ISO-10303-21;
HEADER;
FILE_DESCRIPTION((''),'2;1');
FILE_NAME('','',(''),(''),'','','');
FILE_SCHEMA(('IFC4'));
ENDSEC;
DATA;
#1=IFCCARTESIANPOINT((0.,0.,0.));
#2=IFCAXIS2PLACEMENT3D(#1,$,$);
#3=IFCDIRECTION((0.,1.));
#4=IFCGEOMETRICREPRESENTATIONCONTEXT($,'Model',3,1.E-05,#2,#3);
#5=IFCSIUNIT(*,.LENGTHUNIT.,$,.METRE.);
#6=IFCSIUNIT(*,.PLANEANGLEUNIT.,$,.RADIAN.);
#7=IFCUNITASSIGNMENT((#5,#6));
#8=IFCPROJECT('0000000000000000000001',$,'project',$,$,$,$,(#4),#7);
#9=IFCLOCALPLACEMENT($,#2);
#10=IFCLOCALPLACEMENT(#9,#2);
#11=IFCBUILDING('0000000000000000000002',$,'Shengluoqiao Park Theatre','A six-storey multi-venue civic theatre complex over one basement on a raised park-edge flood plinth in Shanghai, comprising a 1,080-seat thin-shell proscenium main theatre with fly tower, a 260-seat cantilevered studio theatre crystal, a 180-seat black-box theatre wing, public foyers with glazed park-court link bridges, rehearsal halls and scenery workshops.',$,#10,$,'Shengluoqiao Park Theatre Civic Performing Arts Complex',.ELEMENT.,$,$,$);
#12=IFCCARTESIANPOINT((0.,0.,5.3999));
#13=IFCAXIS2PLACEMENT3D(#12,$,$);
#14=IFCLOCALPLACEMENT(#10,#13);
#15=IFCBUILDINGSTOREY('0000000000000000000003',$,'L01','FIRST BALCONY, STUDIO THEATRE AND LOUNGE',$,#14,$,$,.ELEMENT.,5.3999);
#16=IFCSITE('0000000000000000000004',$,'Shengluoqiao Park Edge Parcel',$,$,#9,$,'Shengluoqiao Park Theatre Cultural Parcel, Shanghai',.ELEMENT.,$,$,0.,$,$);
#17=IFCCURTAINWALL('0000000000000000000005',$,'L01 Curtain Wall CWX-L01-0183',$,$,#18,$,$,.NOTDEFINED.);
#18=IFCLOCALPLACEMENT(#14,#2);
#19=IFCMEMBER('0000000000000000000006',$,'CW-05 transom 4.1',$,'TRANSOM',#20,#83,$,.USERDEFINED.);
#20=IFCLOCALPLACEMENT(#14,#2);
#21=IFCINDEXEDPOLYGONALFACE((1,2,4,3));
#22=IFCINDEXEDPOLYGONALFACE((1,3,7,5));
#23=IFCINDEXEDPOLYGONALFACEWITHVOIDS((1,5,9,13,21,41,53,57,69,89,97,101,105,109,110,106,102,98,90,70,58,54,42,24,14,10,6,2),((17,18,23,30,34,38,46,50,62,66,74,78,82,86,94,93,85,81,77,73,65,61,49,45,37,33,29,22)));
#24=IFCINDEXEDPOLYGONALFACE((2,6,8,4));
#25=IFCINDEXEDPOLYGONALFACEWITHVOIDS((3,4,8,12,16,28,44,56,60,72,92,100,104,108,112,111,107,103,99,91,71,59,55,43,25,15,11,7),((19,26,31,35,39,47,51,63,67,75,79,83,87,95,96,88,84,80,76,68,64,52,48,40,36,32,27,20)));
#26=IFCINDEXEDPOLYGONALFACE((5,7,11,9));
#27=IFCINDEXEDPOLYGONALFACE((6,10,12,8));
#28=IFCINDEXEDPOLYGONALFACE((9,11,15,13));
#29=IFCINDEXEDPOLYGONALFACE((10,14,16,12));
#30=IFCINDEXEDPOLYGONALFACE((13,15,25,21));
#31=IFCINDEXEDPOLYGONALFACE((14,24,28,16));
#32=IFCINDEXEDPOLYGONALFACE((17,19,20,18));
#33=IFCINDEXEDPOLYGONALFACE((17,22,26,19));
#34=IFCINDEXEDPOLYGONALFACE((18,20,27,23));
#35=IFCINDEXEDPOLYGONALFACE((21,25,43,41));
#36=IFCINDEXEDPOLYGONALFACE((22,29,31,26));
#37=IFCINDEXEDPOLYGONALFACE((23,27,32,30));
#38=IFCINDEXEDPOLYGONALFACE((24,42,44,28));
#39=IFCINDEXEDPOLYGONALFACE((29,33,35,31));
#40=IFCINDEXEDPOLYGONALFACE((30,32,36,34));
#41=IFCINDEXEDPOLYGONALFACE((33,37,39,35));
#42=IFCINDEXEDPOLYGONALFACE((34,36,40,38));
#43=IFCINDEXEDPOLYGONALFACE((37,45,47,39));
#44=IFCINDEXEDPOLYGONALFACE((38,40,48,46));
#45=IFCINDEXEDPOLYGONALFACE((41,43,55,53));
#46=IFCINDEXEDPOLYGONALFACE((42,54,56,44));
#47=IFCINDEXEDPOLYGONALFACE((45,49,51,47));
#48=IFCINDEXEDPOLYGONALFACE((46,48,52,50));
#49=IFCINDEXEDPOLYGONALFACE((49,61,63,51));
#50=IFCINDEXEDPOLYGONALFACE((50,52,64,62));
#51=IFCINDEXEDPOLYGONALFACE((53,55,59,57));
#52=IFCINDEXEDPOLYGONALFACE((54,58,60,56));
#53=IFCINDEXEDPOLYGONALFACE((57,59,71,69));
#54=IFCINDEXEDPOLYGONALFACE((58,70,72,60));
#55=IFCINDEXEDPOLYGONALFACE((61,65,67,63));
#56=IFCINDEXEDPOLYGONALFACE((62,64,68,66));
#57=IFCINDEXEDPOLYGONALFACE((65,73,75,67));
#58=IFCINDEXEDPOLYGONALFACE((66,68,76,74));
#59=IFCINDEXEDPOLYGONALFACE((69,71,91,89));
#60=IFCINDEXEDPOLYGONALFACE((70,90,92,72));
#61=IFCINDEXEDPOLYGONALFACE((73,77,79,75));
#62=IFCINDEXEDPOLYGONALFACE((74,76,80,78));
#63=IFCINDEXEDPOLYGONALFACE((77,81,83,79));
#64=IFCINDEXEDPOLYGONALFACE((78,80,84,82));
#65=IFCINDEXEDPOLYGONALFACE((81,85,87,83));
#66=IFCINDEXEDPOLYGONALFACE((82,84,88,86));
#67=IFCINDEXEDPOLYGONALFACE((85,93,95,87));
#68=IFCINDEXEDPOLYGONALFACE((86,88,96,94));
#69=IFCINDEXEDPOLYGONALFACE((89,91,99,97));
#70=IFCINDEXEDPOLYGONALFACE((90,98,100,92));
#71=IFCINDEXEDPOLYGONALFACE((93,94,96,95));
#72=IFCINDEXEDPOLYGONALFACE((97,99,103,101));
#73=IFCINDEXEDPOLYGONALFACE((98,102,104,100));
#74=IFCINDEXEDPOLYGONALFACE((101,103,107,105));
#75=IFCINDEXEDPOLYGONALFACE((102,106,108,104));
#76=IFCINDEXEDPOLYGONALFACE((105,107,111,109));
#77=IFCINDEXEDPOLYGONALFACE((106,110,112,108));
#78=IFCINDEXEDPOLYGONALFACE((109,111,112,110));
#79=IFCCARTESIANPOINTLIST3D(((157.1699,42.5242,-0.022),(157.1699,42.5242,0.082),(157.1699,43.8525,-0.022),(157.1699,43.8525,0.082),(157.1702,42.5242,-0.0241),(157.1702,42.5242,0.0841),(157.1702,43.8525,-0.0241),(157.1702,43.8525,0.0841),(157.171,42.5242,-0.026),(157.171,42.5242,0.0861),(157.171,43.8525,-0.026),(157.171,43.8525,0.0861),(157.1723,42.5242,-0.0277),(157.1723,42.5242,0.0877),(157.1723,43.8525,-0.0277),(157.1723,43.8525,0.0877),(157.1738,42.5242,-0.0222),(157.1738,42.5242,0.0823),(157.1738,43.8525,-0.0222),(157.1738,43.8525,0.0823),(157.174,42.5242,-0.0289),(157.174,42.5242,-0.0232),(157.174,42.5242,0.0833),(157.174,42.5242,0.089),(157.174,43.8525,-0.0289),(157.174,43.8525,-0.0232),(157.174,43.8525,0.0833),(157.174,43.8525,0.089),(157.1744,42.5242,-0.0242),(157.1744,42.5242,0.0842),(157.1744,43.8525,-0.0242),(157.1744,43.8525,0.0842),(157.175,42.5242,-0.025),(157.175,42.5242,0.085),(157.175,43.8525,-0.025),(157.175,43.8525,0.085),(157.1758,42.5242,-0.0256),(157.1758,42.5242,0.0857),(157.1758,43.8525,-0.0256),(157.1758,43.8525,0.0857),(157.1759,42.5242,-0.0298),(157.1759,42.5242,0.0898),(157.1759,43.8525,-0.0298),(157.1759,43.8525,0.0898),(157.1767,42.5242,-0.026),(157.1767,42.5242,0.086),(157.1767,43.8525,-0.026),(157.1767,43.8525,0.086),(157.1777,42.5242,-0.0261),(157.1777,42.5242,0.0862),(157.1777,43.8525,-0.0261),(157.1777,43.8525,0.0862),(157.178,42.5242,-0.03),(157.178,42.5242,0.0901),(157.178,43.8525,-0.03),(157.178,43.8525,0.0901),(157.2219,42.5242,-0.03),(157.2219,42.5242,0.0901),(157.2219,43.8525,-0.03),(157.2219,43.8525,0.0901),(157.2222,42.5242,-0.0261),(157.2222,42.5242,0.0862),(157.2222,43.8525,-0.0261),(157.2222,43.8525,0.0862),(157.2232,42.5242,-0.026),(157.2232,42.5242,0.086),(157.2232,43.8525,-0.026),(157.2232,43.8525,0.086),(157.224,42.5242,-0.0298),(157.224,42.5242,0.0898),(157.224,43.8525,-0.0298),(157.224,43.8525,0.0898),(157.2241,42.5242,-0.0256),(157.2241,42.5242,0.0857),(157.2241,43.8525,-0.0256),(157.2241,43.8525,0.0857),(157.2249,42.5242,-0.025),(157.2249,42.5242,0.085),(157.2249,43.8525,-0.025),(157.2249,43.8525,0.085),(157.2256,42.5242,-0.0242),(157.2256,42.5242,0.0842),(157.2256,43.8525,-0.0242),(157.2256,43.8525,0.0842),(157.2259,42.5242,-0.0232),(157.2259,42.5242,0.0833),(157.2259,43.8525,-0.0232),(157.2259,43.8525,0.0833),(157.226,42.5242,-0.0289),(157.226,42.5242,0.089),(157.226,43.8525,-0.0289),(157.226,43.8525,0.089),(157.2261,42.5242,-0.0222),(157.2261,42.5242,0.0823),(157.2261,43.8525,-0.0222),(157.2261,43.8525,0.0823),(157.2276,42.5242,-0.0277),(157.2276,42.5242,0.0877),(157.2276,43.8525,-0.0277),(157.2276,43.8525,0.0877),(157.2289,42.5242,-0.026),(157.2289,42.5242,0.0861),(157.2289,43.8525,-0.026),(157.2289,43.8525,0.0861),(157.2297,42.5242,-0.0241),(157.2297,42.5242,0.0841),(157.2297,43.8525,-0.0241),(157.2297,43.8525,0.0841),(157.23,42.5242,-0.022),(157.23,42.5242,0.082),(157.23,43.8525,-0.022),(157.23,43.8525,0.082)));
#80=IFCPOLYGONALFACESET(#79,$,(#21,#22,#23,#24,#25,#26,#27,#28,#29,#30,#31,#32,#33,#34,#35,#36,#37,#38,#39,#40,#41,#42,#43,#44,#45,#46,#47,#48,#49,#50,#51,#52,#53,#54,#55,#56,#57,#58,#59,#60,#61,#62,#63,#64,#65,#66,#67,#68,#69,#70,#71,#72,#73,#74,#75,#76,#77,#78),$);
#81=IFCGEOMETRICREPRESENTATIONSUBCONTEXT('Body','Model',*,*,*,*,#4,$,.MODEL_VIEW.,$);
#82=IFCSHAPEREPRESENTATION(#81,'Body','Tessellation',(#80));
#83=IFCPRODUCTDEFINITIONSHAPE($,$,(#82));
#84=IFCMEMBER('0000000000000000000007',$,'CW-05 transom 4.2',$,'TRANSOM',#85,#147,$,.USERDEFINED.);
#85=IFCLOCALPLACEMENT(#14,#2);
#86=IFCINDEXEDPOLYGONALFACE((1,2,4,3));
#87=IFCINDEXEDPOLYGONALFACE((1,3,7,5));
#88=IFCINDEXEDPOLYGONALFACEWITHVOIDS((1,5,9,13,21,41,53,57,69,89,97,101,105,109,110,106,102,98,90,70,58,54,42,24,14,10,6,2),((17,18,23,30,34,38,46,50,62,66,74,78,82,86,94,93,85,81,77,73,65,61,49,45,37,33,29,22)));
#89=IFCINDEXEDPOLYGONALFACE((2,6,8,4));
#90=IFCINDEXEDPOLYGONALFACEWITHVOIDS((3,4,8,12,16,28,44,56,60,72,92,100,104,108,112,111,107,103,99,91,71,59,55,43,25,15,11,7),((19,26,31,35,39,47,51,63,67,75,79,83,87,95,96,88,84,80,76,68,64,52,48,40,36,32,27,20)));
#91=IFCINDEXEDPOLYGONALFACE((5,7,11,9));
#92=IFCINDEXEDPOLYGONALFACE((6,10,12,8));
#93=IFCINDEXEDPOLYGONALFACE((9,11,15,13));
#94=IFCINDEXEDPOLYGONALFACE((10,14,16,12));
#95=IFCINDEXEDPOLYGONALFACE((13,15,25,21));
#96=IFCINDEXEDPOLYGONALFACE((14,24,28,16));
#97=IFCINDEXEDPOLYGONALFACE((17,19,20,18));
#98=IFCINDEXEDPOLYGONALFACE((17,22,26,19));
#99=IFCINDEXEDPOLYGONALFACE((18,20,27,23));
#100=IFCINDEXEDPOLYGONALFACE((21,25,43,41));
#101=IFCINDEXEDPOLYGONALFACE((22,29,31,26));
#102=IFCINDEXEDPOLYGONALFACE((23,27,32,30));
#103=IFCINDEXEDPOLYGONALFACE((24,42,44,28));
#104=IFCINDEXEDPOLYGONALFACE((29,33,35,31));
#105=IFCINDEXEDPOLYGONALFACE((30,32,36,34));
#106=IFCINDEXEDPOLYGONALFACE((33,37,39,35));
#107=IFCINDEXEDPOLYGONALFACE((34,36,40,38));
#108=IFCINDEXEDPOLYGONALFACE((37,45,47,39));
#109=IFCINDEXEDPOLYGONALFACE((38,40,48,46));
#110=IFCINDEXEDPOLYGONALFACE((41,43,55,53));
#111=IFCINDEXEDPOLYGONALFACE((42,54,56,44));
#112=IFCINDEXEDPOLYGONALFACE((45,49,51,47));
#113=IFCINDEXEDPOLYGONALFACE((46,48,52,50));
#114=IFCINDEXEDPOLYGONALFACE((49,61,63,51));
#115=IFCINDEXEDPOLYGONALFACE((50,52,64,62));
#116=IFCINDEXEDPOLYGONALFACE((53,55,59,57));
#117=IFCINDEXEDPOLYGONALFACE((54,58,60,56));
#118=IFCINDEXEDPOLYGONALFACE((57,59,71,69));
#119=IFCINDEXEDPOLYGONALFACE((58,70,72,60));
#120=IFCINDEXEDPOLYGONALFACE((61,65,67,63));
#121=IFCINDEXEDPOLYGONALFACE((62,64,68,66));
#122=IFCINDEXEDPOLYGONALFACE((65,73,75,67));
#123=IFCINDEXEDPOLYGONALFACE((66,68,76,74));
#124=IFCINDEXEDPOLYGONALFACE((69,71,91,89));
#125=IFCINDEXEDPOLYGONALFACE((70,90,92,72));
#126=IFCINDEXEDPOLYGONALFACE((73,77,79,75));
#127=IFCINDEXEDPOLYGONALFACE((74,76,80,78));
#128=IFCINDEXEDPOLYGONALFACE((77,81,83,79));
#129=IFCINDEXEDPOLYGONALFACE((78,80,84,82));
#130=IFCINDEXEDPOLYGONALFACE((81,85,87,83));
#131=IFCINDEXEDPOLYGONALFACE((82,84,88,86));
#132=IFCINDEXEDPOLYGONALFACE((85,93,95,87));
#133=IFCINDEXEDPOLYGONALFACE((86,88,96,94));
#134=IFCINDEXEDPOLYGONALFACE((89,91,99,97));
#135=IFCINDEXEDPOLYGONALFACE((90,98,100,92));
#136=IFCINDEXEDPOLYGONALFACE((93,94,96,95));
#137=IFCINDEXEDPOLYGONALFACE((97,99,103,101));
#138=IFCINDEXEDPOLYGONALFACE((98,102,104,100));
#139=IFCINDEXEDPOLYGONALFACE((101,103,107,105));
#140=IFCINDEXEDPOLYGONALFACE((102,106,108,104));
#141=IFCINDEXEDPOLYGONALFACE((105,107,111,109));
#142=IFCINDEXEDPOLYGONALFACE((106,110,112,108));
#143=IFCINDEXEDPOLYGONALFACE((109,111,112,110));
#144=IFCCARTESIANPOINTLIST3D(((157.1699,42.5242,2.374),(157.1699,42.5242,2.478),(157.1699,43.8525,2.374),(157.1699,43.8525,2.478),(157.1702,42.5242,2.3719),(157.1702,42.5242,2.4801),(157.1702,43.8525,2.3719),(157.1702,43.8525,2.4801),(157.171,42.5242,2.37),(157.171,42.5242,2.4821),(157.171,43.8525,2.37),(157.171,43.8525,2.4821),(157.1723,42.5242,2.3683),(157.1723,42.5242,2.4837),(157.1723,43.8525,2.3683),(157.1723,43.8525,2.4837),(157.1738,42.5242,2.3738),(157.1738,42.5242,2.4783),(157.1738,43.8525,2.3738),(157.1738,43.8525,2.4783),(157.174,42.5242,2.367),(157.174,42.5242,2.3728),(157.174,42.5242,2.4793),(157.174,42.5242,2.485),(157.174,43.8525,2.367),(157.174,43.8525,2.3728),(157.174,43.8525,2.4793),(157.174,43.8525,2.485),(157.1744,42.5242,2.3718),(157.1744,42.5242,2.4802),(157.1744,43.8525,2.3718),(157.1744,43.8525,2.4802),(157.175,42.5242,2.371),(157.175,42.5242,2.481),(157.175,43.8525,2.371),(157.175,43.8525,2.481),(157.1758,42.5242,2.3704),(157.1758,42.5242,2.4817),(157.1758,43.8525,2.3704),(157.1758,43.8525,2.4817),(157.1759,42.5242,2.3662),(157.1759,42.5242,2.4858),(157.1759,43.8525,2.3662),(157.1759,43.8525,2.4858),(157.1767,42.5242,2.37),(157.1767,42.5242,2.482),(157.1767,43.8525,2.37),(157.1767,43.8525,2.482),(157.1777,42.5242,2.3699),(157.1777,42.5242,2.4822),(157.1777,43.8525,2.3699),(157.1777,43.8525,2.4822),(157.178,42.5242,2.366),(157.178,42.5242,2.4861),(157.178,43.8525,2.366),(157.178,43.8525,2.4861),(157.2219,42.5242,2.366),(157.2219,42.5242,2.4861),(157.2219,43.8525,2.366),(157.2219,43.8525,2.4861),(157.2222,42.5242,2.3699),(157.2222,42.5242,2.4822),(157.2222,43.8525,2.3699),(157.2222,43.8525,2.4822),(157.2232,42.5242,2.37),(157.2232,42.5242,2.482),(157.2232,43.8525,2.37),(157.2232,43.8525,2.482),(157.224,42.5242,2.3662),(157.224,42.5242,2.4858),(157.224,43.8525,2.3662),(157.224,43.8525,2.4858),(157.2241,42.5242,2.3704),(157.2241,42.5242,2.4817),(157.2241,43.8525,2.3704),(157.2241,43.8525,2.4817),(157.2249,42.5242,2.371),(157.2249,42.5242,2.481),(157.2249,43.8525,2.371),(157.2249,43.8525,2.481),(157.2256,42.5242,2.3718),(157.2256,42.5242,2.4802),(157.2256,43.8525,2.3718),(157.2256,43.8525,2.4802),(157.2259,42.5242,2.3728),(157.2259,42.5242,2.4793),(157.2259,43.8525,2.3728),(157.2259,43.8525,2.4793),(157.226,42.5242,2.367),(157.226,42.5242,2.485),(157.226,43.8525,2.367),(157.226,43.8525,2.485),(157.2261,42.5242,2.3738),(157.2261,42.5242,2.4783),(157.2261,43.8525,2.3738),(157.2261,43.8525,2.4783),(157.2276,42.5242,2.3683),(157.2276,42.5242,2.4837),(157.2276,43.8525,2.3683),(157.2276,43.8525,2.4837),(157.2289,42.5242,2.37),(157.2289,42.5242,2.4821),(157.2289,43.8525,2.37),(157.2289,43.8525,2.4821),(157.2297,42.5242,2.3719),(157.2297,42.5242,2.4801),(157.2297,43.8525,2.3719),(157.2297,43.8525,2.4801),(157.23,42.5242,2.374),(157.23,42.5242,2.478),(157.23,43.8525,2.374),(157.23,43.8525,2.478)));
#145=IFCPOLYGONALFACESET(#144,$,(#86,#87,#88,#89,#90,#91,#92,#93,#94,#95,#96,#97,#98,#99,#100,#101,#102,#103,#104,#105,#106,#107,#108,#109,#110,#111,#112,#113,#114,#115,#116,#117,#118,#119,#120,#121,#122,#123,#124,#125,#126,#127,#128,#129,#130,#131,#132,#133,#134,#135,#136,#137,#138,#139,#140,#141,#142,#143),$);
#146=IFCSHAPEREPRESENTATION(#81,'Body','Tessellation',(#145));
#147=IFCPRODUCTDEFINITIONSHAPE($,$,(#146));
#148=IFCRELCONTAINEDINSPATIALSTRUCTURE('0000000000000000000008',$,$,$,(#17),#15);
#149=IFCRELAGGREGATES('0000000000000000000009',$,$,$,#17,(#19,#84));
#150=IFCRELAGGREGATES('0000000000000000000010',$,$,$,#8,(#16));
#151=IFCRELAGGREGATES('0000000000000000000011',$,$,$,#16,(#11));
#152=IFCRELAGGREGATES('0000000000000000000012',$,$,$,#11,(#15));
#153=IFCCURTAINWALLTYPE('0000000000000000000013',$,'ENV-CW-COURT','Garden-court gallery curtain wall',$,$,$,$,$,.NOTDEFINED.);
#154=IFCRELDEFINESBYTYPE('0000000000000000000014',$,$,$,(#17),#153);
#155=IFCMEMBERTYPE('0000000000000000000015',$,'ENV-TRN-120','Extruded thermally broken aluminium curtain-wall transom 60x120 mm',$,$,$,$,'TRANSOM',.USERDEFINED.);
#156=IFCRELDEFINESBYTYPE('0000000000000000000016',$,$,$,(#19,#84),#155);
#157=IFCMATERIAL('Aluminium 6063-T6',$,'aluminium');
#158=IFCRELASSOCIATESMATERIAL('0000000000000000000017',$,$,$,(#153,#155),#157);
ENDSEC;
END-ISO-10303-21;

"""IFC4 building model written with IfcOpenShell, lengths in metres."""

from ifc_helpers import new_model, si_unit, direction, frame, origin, origin_2d, place, context, subcontext, project, spatial, hollow_rectangle, extrude, material, material_profile, profile_set, type_object, element, aggregate, save


model = new_model("IFC4")

# Units and contexts
model_context = context("Model", 3, precision=1e-05, world=origin(), true_north=direction((0.0, 1.0)))
body_context = subcontext(model_context, "Body", "Model", "MODEL_VIEW")
ifc_project = project(units=[si_unit("LENGTHUNIT", "METRE"), si_unit("PLANEANGLEUNIT", "RADIAN")], contexts=[model_context])

# Site, building, storey
site_placement = place(None, origin())
site = spatial("IfcSite", under=ifc_project, at=site_placement, Name="Shengluoqiao Park Edge Parcel", LongName="Shengluoqiao Park Theatre Cultural Parcel, Shanghai", CompositionType="ELEMENT", RefElevation=0.0)
building_placement = place(site_placement, origin())
building = spatial("IfcBuilding", under=site, at=building_placement, Name="Shengluoqiao Park Theatre", Description="A six-storey multi-venue civic theatre complex over one basement on a raised park-edge flood plinth in Shanghai, comprising a 1,080-seat thin-shell proscenium main theatre with fly tower, a 260-seat cantilevered studio theatre crystal, a 180-seat black-box theatre wing, public foyers with glazed park-court link bridges, rehearsal halls and scenery workshops.", LongName="Shengluoqiao Park Theatre Civic Performing Arts Complex", CompositionType="ELEMENT")
storey_placement = place(building_placement, frame((0.0, 0.0, 5.3999)))
storey = spatial("IfcBuildingStorey", under=building, at=storey_placement, Name="L01", Description="FIRST BALCONY, STUDIO THEATRE AND LOUNGE", CompositionType="ELEMENT", Elevation=5.3999)

# Curtain wall
ifc_material_1 = material(Name="Aluminium 6063-T6", Category="aluminium")
curtain_wall_type = type_object("IfcCurtainWallType", Name="ENV-CW-COURT", Description="Garden-court gallery curtain wall", PredefinedType="NOTDEFINED", material=ifc_material_1)
curtain_wall_1_placement = place(storey_placement, origin())
curtain_wall_1 = element("IfcCurtainWall", 1, at=curtain_wall_1_placement, inside=storey, type_object=curtain_wall_type, Name="L01 Curtain Wall CWX-L01-0183", PredefinedType="NOTDEFINED")

# Members
ifc_material_profile_1 = material_profile(ifc_material_1, hollow_rectangle(XDim=0.0601, YDim=0.1201, WallThickness=0.0039, InnerFilletRadius=0.0039, OuterFilletRadius=0.0081, at=origin_2d()), Name="ALU TRANSOM 120x60x4")
ifc_profile_set_1 = profile_set([ifc_material_profile_1], Name="Aluminium 6063-T6")
member_type_1 = type_object("IfcMemberType", Name="ENV-TRN-120", Description="Extruded thermally broken aluminium curtain-wall transom 60x120 mm", ElementType="TRANSOM", PredefinedType="USERDEFINED", material=ifc_profile_set_1)
member_1_placement = place(storey_placement, frame((157.2, 42.5242, 0.03), z_axis=(0.0, 1.0, 0.0), x_axis=(-1.0, 0.0, 0.0)))
member_1 = element("IfcMember", 2, at=member_1_placement, type_object=member_type_1, Name="CW-05 transom 4.1", ObjectType="TRANSOM", PredefinedType="USERDEFINED", context=body_context, shape_type="SweptSolid", body=[
    extrude(hollow_rectangle(XDim=0.0601, YDim=0.1201, WallThickness=0.0039, InnerFilletRadius=0.0039, OuterFilletRadius=0.0081, at=origin_2d()), origin(), (0.0, 0.0, 1.0), 1.3284),
])
member_2_placement = place(storey_placement, frame((157.2, 42.5242, 2.426), z_axis=(0.0, 1.0, 0.0), x_axis=(-1.0, 0.0, 0.0)))
member_2 = element("IfcMember", 3, at=member_2_placement, type_object=member_type_1, Name="CW-05 transom 4.2", ObjectType="TRANSOM", PredefinedType="USERDEFINED", context=body_context, shape_type="SweptSolid", body=[
    extrude(hollow_rectangle(XDim=0.0601, YDim=0.1201, WallThickness=0.0039, InnerFilletRadius=0.0039, OuterFilletRadius=0.0081, at=origin_2d()), origin(), (0.0, 0.0, 1.0), 1.3284),
])

aggregate(curtain_wall_1, [member_1, member_2])

save(model, "model.ifc")
